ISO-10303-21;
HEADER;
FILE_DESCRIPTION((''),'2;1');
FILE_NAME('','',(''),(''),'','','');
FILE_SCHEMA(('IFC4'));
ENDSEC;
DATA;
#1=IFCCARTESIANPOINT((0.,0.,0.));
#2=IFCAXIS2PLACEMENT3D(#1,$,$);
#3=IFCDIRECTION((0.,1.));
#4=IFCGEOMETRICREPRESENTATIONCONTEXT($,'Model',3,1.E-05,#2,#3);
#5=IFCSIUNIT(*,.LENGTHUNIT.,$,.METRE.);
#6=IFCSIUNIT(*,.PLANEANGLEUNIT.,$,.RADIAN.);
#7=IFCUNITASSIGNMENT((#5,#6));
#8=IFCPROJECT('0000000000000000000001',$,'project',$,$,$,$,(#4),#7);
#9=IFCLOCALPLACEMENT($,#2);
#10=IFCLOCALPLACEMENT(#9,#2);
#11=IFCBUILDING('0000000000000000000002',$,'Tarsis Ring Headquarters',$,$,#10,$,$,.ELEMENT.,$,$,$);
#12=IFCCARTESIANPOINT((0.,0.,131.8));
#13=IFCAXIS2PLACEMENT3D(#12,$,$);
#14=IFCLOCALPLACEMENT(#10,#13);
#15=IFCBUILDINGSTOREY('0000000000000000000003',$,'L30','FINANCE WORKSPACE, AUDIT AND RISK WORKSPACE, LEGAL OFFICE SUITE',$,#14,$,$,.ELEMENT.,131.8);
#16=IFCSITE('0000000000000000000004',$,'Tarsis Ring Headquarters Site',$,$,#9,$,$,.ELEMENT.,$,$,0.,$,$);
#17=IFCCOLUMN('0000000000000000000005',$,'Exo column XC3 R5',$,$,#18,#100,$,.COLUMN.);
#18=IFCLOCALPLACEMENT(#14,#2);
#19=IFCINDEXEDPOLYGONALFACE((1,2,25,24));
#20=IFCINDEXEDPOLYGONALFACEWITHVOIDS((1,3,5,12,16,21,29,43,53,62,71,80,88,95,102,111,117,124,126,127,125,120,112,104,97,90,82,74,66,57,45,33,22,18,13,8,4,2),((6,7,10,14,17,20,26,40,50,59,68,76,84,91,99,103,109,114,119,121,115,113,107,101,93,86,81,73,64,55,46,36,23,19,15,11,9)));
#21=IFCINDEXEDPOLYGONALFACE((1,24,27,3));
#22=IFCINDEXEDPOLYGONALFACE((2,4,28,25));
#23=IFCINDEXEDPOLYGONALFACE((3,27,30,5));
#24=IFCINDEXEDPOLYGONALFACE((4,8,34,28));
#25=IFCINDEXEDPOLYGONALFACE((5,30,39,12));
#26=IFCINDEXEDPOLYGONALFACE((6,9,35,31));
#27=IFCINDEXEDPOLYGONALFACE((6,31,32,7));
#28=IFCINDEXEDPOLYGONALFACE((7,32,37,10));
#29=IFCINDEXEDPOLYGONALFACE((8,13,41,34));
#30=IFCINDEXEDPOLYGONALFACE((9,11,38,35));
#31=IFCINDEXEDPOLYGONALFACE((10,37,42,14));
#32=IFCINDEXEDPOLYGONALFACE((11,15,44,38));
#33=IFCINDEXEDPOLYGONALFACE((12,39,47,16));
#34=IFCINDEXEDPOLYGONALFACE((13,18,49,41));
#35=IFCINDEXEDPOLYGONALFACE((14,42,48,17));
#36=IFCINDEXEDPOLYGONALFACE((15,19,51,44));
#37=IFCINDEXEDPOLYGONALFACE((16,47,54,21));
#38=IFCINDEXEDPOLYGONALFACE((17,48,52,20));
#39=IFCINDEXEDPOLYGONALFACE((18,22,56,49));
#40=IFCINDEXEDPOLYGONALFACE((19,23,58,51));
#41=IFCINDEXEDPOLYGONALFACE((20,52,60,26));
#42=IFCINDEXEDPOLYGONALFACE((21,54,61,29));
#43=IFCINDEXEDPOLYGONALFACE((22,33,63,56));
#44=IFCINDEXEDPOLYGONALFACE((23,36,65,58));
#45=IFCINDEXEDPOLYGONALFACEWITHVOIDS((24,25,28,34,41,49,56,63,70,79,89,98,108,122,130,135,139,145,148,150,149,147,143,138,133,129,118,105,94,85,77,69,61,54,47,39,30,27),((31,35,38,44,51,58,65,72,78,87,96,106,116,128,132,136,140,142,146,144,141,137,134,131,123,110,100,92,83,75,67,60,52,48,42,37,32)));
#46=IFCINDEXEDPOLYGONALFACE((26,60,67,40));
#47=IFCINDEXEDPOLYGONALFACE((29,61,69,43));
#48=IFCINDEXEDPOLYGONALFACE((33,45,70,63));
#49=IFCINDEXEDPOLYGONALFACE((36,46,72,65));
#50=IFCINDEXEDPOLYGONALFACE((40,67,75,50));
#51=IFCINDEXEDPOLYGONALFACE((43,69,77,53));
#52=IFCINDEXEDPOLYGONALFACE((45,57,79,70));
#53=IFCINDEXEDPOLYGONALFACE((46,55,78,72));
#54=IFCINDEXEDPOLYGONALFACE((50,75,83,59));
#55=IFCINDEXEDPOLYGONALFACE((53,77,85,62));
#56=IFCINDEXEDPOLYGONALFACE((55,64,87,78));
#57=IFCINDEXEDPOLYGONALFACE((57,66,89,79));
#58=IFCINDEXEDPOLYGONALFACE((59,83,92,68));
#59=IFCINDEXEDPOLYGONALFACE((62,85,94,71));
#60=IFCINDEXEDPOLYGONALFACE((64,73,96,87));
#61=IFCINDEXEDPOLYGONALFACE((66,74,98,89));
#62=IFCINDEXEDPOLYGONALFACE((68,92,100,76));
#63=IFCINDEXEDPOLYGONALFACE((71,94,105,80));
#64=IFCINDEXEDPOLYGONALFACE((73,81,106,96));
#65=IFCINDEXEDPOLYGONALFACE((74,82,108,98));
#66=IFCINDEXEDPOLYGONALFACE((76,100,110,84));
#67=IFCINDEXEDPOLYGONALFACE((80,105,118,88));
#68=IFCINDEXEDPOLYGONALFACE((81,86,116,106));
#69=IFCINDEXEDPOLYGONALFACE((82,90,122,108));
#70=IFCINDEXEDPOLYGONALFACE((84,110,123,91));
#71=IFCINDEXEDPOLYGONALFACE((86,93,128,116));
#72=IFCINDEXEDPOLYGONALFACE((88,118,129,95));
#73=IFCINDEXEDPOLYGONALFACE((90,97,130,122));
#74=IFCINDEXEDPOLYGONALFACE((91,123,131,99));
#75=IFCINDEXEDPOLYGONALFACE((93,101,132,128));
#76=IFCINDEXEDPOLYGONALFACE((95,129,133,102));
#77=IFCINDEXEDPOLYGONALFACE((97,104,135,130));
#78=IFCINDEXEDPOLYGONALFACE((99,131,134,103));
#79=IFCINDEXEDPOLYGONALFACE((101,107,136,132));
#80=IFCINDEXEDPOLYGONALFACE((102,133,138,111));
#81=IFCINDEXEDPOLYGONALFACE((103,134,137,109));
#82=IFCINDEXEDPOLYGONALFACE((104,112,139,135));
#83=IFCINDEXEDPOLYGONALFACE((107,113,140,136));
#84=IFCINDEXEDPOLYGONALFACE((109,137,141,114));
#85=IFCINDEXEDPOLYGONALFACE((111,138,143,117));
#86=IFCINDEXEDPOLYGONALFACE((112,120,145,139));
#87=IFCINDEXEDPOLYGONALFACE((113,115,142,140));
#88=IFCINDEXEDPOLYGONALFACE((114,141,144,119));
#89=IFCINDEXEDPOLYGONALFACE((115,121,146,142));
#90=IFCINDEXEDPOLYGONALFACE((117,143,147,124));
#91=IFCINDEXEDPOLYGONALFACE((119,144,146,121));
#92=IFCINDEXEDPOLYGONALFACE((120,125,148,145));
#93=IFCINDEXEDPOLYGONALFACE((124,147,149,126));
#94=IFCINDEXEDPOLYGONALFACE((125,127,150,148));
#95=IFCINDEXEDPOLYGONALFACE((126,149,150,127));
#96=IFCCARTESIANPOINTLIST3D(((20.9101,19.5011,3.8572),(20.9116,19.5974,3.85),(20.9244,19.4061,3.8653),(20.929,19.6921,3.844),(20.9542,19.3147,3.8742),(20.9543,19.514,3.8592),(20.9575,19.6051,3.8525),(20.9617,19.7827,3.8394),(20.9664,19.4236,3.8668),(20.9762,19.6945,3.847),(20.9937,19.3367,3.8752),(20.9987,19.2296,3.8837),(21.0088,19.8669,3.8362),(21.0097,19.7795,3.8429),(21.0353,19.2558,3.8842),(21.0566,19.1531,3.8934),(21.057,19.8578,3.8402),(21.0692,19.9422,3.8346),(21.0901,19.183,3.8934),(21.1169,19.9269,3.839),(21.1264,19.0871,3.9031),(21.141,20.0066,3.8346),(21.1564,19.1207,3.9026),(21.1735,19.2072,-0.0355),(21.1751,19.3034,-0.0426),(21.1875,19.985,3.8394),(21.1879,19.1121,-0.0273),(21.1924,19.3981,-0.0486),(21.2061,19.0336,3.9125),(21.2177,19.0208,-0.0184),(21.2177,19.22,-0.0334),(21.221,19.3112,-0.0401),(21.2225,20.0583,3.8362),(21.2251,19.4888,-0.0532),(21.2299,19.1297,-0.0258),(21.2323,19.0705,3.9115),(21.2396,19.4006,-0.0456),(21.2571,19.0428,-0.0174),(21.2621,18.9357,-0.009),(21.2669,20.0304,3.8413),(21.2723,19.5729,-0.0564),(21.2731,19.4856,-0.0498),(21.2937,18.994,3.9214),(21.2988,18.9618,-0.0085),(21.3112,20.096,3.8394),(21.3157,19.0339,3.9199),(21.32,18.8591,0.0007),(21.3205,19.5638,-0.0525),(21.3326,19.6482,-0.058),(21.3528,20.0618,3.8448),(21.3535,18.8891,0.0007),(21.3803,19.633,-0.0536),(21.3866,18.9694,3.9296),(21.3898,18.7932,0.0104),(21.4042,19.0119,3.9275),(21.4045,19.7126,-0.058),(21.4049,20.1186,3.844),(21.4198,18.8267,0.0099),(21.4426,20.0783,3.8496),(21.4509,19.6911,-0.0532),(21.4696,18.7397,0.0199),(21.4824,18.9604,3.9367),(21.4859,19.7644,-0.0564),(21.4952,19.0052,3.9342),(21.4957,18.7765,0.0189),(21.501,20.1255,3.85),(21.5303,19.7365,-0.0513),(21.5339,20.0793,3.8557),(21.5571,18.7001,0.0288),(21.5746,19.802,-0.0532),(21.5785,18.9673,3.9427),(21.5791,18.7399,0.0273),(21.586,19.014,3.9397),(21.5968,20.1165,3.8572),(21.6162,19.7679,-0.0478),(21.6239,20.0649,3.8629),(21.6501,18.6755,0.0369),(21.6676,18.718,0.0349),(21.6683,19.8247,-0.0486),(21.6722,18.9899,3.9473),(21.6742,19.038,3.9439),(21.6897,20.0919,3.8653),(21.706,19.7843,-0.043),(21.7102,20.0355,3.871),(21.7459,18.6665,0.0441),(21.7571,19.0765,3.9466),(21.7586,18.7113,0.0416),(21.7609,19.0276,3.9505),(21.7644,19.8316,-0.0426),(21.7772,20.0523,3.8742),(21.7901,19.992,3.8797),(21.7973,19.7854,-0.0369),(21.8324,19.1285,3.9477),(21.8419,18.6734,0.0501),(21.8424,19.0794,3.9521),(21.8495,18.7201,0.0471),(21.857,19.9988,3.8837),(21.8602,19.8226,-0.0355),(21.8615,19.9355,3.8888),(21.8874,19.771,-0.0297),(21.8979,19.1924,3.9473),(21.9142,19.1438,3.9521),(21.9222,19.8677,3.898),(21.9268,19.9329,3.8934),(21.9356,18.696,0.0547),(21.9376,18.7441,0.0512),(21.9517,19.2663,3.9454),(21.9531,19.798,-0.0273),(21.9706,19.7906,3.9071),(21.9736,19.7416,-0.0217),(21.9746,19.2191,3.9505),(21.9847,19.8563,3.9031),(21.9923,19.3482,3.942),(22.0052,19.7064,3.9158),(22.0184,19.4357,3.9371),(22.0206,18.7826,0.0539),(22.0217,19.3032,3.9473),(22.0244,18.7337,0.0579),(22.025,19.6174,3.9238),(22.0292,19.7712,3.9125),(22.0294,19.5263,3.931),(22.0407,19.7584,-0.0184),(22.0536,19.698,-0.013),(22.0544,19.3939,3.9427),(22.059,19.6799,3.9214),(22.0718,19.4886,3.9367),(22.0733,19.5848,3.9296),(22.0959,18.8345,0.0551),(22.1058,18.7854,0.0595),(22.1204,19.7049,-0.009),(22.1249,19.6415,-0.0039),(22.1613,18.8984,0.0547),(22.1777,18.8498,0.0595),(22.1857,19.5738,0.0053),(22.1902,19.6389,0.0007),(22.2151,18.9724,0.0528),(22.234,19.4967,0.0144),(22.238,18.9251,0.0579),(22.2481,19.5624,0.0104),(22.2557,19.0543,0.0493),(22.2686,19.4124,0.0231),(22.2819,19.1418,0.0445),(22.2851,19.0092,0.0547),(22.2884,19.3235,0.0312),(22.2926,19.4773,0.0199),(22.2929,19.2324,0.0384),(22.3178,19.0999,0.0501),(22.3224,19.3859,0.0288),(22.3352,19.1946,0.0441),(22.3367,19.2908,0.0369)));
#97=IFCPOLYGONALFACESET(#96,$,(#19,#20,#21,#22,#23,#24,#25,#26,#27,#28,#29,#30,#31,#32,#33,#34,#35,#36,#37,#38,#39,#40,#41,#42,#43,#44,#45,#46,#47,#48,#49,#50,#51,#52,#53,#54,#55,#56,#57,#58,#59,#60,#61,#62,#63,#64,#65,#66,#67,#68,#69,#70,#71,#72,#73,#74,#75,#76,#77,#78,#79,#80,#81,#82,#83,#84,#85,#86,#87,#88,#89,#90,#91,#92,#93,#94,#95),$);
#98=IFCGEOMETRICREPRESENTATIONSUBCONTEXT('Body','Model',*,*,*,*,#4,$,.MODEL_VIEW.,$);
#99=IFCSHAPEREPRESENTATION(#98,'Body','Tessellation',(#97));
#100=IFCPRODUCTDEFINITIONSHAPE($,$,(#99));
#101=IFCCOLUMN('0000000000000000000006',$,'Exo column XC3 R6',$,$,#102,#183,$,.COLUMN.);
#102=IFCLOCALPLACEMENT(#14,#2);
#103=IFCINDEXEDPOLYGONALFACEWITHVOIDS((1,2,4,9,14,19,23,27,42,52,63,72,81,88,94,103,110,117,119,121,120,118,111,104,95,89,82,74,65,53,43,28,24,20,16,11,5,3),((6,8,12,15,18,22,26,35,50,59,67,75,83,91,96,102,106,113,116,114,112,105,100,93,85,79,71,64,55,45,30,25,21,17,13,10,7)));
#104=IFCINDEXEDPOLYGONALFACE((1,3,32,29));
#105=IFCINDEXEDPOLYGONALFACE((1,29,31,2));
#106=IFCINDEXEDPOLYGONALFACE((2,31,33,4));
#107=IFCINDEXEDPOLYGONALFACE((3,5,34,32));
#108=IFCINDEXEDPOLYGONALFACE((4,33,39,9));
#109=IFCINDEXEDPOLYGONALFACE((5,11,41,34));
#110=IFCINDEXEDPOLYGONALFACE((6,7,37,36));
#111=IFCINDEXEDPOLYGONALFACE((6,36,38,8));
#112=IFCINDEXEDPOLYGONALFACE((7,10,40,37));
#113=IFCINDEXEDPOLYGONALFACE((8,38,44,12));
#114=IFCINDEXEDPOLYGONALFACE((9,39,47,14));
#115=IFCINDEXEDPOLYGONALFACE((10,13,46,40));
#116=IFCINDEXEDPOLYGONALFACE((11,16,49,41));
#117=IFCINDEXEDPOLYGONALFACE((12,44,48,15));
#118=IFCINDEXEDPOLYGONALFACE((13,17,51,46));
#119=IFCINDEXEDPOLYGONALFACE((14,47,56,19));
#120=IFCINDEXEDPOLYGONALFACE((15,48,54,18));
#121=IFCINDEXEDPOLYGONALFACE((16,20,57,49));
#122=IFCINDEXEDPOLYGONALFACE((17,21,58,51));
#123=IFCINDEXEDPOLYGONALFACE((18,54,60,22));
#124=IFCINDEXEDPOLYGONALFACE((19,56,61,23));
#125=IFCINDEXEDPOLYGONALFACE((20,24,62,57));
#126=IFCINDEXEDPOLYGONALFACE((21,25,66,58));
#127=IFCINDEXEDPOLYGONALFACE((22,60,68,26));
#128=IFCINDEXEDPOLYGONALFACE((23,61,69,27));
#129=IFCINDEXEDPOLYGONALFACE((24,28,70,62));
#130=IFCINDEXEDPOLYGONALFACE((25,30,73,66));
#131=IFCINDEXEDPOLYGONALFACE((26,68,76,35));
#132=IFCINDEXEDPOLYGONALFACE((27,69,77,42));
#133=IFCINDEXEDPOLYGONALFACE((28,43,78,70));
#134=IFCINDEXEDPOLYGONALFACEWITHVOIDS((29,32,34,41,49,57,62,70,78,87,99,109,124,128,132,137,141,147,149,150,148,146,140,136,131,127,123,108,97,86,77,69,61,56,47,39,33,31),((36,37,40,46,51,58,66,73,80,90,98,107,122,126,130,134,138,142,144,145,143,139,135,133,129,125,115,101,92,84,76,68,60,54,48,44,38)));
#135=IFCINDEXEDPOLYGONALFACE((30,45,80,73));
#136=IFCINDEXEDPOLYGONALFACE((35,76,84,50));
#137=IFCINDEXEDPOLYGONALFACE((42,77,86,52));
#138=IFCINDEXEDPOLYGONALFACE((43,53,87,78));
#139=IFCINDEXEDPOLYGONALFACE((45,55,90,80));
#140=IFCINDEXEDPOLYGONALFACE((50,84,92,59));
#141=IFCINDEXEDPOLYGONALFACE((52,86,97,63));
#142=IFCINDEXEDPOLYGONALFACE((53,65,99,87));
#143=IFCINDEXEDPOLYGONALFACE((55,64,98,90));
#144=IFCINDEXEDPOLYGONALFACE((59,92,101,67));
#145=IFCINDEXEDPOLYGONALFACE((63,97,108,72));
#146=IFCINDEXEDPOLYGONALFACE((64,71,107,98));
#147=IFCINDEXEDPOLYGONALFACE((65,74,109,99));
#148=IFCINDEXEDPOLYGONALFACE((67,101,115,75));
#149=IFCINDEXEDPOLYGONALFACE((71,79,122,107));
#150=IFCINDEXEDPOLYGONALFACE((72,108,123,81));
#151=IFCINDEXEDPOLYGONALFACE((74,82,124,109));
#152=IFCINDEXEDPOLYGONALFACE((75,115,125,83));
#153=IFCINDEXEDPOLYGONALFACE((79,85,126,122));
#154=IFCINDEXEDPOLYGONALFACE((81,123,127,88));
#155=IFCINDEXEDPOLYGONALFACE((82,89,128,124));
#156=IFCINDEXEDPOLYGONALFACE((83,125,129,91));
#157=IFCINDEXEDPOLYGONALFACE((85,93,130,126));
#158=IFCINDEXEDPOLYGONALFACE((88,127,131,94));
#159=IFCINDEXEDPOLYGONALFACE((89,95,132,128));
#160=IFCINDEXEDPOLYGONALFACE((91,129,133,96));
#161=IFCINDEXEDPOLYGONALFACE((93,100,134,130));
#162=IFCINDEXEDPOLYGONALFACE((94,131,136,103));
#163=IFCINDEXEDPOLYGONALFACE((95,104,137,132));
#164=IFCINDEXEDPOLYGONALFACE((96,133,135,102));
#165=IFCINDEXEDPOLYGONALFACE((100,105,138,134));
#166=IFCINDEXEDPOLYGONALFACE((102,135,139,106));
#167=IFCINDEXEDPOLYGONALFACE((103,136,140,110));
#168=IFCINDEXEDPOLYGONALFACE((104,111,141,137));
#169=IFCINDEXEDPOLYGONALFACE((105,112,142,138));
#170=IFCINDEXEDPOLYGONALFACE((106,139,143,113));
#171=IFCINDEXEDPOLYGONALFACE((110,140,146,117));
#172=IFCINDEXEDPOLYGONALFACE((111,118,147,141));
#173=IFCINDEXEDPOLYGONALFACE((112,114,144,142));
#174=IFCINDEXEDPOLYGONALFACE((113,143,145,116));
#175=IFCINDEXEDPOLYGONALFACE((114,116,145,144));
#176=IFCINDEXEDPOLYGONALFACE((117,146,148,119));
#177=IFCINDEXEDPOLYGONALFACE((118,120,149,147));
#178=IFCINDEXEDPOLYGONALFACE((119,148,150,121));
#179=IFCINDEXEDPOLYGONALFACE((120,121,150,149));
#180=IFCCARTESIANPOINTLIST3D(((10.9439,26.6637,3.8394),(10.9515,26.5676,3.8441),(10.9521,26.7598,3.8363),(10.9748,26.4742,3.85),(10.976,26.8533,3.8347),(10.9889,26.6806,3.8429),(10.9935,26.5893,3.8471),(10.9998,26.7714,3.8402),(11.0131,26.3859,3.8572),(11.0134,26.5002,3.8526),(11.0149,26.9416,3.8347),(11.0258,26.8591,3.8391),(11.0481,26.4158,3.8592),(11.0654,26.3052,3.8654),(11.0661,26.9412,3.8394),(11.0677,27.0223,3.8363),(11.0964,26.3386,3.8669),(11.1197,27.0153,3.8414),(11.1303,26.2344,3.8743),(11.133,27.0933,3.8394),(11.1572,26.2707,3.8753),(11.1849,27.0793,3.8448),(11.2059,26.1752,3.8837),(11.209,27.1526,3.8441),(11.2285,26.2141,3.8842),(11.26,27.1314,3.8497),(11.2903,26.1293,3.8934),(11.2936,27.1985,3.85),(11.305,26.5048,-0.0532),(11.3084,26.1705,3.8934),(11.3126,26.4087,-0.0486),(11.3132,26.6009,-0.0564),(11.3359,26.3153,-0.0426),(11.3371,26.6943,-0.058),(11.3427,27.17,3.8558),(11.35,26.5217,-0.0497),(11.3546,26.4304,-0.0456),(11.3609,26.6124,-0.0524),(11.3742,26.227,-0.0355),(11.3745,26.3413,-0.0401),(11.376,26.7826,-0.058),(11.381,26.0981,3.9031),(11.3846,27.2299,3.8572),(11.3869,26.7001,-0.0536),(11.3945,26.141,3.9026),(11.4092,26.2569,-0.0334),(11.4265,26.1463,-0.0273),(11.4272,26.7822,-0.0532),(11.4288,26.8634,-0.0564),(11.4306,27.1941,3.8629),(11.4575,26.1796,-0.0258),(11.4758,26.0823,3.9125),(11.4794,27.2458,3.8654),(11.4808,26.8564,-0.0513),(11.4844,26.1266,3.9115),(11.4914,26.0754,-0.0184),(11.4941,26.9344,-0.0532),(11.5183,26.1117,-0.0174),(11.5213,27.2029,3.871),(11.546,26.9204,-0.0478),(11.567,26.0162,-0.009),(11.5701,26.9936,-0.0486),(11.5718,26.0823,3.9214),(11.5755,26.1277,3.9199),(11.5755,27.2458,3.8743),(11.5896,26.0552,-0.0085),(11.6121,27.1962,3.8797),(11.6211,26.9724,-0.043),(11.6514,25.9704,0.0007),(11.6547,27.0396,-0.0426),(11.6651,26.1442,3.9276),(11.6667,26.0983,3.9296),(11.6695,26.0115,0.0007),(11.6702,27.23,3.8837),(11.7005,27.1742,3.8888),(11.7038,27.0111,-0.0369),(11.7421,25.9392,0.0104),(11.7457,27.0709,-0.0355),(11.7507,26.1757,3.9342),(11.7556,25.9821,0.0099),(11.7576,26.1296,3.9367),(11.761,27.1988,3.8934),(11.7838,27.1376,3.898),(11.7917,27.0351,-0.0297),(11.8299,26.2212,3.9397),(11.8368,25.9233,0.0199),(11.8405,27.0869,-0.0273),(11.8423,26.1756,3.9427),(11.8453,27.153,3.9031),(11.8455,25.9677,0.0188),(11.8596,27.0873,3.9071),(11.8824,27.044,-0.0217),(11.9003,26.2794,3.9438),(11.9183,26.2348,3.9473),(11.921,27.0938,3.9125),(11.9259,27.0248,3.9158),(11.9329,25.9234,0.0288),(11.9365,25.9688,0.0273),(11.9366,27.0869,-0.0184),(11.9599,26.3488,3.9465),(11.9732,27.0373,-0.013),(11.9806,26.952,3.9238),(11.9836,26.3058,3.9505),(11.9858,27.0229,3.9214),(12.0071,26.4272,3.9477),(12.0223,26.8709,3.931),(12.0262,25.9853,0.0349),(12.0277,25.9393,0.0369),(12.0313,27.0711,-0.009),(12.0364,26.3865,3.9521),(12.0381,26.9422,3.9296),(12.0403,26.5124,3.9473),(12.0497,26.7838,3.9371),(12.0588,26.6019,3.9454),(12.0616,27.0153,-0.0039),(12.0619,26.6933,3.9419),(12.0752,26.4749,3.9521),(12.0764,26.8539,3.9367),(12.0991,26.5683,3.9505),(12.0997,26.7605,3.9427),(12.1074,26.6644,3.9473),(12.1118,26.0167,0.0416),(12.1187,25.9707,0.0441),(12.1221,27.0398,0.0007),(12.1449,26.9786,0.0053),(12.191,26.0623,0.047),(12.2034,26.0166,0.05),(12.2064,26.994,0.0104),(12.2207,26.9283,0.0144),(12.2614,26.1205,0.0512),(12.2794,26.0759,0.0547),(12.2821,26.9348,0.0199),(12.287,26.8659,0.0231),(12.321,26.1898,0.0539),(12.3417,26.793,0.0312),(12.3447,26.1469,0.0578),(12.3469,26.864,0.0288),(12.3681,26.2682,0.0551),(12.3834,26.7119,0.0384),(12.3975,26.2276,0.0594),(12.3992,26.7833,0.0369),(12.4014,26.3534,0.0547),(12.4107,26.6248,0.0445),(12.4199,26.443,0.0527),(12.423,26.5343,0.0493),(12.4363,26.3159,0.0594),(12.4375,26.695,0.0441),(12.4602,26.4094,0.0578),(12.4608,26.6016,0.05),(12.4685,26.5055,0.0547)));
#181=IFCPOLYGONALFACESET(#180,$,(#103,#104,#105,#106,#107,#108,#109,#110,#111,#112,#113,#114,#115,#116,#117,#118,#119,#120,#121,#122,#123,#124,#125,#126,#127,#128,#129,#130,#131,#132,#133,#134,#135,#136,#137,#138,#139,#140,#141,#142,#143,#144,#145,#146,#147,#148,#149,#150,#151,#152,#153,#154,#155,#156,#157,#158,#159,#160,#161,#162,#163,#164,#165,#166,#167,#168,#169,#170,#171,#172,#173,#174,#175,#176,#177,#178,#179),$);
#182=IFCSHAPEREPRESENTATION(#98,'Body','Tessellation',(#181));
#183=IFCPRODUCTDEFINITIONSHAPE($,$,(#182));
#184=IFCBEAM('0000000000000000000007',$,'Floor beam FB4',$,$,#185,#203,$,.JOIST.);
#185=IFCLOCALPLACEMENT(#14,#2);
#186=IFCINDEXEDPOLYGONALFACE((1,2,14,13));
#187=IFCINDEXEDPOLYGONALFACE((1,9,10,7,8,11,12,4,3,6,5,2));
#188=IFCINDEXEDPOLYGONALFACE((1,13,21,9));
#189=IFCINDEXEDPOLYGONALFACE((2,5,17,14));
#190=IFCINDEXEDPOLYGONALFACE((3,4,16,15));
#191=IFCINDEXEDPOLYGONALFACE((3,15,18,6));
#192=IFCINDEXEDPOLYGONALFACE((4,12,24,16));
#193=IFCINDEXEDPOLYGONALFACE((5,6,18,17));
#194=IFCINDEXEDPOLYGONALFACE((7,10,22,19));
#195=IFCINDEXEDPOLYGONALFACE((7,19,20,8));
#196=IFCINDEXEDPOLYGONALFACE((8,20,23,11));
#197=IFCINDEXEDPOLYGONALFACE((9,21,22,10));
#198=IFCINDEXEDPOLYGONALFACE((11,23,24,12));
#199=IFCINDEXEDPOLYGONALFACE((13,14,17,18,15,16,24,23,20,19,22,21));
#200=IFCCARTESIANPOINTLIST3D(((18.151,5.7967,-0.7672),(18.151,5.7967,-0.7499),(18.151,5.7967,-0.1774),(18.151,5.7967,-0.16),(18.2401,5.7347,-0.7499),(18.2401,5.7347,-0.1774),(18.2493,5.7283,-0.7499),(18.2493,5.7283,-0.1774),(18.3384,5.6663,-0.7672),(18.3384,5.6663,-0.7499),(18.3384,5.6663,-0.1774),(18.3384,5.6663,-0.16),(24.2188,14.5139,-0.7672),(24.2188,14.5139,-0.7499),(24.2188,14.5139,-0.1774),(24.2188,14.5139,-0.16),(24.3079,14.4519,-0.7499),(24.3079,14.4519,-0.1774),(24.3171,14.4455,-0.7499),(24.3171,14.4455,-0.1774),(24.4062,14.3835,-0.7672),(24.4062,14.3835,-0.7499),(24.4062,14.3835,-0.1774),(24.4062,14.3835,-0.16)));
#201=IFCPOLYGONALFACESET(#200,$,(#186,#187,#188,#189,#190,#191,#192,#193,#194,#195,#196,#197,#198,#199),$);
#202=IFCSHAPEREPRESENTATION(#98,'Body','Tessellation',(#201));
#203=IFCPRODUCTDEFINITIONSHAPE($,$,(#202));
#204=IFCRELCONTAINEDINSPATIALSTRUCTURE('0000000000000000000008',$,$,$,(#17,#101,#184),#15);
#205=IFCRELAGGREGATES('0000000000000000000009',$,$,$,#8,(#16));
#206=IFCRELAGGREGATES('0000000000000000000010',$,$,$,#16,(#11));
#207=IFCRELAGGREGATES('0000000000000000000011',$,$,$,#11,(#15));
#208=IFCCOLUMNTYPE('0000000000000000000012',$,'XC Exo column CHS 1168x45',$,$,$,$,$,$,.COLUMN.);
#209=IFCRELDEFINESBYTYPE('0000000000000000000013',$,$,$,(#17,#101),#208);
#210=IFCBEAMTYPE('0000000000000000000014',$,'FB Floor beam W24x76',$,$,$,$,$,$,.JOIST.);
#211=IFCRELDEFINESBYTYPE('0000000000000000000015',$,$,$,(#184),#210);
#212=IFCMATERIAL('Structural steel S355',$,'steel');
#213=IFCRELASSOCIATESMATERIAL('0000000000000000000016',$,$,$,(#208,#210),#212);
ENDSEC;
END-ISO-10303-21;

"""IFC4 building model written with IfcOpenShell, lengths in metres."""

from ifc_helpers import new_model, si_unit, direction, frame, origin, origin_2d, place, context, subcontext, project, spatial, hollow_circle, i_section, extrude, material, material_profile, profile_set, type_object, element, save


model = new_model("IFC4")

# Units and contexts
model_context = context("Model", 3, precision=1e-05, world=origin(), true_north=direction((0.0, 1.0)))
body_context = subcontext(model_context, "Body", "Model", "MODEL_VIEW")
ifc_project = project(units=[si_unit("LENGTHUNIT", "METRE"), si_unit("PLANEANGLEUNIT", "RADIAN")], contexts=[model_context])

# Site, building, storey
site_placement = place(None, origin())
site = spatial("IfcSite", under=ifc_project, at=site_placement, Name="Tarsis Ring Headquarters Site", CompositionType="ELEMENT", RefElevation=0.0)
building_placement = place(site_placement, origin())
building = spatial("IfcBuilding", under=site, at=building_placement, Name="Tarsis Ring Headquarters", CompositionType="ELEMENT")
storey_placement = place(building_placement, frame((0.0, 0.0, 131.8)))
storey = spatial("IfcBuildingStorey", under=building, at=storey_placement, Name="L30", Description="FINANCE WORKSPACE, AUDIT AND RISK WORKSPACE, LEGAL OFFICE SUITE", CompositionType="ELEMENT", Elevation=131.8)

# Columns
ifc_material_1 = material(Name="Structural steel S355", Category="steel")
ifc_material_profile_1 = material_profile(ifc_material_1, hollow_circle(Radius=0.5842, WallThickness=0.0449, at=origin_2d()), Name="CHS 1168x45")
ifc_profile_set_1 = profile_set([ifc_material_profile_1], Name="Structural steel S355")
column_type = type_object("IfcColumnType", Name="XC Exo column CHS 1168x45", PredefinedType="COLUMN", material=ifc_profile_set_1)
for number, where, z_axis, x_axis, name in (
    (1, (21.7551, 19.249, 0.0007), (-0.067329, 0.075129, 0.994898), (-0.744707, -0.667391, 0.0), "Exo column XC3 R5"),
    (2, (11.8867, 26.5051, 0.0007), (-0.092289, 0.040622, 0.994903), (-0.402863, -0.91526, 0.0), "Exo column XC3 R6"),
):
    element("IfcColumn", number, at=place(storey_placement, frame(where, z_axis=z_axis, x_axis=x_axis)), inside=storey, type_object=column_type, Name=name, PredefinedType="COLUMN", context=body_context, shape_type="SweptSolid", body=[
        extrude(hollow_circle(Radius=0.5842, WallThickness=0.0449, at=origin_2d()), origin(), (0.0, 0.0, 1.0), 3.9126),
    ])

# Beam
ifc_material_profile_2 = material_profile(ifc_material_1, i_section(OverallWidth=0.2283, OverallDepth=0.6072, WebThickness=0.0112, FlangeThickness=0.0173, at=origin_2d()), Name="W24x76")
ifc_profile_set_2 = profile_set([ifc_material_profile_2], Name="Structural steel S355")
beam_type_1 = type_object("IfcBeamType", Name="FB Floor beam W24x76", PredefinedType="JOIST", material=ifc_profile_set_2)
beam_1_placement = place(storey_placement, frame((24.3125, 14.4487, -0.4636), z_axis=(-0.571297, -0.820743, 0.0), x_axis=(0.820743, -0.571297, 0.0)))
element("IfcBeam", 3, at=beam_1_placement, inside=storey, type_object=beam_type_1, Name="Floor beam FB4", PredefinedType="JOIST", context=body_context, shape_type="SweptSolid", body=[
    extrude(i_section(OverallWidth=0.2283, OverallDepth=0.6072, WebThickness=0.0112, FlangeThickness=0.0173, at=origin_2d()), origin(), (0.0, 0.0, 1.0), 10.6211),
])

save(model, "model.ifc")
